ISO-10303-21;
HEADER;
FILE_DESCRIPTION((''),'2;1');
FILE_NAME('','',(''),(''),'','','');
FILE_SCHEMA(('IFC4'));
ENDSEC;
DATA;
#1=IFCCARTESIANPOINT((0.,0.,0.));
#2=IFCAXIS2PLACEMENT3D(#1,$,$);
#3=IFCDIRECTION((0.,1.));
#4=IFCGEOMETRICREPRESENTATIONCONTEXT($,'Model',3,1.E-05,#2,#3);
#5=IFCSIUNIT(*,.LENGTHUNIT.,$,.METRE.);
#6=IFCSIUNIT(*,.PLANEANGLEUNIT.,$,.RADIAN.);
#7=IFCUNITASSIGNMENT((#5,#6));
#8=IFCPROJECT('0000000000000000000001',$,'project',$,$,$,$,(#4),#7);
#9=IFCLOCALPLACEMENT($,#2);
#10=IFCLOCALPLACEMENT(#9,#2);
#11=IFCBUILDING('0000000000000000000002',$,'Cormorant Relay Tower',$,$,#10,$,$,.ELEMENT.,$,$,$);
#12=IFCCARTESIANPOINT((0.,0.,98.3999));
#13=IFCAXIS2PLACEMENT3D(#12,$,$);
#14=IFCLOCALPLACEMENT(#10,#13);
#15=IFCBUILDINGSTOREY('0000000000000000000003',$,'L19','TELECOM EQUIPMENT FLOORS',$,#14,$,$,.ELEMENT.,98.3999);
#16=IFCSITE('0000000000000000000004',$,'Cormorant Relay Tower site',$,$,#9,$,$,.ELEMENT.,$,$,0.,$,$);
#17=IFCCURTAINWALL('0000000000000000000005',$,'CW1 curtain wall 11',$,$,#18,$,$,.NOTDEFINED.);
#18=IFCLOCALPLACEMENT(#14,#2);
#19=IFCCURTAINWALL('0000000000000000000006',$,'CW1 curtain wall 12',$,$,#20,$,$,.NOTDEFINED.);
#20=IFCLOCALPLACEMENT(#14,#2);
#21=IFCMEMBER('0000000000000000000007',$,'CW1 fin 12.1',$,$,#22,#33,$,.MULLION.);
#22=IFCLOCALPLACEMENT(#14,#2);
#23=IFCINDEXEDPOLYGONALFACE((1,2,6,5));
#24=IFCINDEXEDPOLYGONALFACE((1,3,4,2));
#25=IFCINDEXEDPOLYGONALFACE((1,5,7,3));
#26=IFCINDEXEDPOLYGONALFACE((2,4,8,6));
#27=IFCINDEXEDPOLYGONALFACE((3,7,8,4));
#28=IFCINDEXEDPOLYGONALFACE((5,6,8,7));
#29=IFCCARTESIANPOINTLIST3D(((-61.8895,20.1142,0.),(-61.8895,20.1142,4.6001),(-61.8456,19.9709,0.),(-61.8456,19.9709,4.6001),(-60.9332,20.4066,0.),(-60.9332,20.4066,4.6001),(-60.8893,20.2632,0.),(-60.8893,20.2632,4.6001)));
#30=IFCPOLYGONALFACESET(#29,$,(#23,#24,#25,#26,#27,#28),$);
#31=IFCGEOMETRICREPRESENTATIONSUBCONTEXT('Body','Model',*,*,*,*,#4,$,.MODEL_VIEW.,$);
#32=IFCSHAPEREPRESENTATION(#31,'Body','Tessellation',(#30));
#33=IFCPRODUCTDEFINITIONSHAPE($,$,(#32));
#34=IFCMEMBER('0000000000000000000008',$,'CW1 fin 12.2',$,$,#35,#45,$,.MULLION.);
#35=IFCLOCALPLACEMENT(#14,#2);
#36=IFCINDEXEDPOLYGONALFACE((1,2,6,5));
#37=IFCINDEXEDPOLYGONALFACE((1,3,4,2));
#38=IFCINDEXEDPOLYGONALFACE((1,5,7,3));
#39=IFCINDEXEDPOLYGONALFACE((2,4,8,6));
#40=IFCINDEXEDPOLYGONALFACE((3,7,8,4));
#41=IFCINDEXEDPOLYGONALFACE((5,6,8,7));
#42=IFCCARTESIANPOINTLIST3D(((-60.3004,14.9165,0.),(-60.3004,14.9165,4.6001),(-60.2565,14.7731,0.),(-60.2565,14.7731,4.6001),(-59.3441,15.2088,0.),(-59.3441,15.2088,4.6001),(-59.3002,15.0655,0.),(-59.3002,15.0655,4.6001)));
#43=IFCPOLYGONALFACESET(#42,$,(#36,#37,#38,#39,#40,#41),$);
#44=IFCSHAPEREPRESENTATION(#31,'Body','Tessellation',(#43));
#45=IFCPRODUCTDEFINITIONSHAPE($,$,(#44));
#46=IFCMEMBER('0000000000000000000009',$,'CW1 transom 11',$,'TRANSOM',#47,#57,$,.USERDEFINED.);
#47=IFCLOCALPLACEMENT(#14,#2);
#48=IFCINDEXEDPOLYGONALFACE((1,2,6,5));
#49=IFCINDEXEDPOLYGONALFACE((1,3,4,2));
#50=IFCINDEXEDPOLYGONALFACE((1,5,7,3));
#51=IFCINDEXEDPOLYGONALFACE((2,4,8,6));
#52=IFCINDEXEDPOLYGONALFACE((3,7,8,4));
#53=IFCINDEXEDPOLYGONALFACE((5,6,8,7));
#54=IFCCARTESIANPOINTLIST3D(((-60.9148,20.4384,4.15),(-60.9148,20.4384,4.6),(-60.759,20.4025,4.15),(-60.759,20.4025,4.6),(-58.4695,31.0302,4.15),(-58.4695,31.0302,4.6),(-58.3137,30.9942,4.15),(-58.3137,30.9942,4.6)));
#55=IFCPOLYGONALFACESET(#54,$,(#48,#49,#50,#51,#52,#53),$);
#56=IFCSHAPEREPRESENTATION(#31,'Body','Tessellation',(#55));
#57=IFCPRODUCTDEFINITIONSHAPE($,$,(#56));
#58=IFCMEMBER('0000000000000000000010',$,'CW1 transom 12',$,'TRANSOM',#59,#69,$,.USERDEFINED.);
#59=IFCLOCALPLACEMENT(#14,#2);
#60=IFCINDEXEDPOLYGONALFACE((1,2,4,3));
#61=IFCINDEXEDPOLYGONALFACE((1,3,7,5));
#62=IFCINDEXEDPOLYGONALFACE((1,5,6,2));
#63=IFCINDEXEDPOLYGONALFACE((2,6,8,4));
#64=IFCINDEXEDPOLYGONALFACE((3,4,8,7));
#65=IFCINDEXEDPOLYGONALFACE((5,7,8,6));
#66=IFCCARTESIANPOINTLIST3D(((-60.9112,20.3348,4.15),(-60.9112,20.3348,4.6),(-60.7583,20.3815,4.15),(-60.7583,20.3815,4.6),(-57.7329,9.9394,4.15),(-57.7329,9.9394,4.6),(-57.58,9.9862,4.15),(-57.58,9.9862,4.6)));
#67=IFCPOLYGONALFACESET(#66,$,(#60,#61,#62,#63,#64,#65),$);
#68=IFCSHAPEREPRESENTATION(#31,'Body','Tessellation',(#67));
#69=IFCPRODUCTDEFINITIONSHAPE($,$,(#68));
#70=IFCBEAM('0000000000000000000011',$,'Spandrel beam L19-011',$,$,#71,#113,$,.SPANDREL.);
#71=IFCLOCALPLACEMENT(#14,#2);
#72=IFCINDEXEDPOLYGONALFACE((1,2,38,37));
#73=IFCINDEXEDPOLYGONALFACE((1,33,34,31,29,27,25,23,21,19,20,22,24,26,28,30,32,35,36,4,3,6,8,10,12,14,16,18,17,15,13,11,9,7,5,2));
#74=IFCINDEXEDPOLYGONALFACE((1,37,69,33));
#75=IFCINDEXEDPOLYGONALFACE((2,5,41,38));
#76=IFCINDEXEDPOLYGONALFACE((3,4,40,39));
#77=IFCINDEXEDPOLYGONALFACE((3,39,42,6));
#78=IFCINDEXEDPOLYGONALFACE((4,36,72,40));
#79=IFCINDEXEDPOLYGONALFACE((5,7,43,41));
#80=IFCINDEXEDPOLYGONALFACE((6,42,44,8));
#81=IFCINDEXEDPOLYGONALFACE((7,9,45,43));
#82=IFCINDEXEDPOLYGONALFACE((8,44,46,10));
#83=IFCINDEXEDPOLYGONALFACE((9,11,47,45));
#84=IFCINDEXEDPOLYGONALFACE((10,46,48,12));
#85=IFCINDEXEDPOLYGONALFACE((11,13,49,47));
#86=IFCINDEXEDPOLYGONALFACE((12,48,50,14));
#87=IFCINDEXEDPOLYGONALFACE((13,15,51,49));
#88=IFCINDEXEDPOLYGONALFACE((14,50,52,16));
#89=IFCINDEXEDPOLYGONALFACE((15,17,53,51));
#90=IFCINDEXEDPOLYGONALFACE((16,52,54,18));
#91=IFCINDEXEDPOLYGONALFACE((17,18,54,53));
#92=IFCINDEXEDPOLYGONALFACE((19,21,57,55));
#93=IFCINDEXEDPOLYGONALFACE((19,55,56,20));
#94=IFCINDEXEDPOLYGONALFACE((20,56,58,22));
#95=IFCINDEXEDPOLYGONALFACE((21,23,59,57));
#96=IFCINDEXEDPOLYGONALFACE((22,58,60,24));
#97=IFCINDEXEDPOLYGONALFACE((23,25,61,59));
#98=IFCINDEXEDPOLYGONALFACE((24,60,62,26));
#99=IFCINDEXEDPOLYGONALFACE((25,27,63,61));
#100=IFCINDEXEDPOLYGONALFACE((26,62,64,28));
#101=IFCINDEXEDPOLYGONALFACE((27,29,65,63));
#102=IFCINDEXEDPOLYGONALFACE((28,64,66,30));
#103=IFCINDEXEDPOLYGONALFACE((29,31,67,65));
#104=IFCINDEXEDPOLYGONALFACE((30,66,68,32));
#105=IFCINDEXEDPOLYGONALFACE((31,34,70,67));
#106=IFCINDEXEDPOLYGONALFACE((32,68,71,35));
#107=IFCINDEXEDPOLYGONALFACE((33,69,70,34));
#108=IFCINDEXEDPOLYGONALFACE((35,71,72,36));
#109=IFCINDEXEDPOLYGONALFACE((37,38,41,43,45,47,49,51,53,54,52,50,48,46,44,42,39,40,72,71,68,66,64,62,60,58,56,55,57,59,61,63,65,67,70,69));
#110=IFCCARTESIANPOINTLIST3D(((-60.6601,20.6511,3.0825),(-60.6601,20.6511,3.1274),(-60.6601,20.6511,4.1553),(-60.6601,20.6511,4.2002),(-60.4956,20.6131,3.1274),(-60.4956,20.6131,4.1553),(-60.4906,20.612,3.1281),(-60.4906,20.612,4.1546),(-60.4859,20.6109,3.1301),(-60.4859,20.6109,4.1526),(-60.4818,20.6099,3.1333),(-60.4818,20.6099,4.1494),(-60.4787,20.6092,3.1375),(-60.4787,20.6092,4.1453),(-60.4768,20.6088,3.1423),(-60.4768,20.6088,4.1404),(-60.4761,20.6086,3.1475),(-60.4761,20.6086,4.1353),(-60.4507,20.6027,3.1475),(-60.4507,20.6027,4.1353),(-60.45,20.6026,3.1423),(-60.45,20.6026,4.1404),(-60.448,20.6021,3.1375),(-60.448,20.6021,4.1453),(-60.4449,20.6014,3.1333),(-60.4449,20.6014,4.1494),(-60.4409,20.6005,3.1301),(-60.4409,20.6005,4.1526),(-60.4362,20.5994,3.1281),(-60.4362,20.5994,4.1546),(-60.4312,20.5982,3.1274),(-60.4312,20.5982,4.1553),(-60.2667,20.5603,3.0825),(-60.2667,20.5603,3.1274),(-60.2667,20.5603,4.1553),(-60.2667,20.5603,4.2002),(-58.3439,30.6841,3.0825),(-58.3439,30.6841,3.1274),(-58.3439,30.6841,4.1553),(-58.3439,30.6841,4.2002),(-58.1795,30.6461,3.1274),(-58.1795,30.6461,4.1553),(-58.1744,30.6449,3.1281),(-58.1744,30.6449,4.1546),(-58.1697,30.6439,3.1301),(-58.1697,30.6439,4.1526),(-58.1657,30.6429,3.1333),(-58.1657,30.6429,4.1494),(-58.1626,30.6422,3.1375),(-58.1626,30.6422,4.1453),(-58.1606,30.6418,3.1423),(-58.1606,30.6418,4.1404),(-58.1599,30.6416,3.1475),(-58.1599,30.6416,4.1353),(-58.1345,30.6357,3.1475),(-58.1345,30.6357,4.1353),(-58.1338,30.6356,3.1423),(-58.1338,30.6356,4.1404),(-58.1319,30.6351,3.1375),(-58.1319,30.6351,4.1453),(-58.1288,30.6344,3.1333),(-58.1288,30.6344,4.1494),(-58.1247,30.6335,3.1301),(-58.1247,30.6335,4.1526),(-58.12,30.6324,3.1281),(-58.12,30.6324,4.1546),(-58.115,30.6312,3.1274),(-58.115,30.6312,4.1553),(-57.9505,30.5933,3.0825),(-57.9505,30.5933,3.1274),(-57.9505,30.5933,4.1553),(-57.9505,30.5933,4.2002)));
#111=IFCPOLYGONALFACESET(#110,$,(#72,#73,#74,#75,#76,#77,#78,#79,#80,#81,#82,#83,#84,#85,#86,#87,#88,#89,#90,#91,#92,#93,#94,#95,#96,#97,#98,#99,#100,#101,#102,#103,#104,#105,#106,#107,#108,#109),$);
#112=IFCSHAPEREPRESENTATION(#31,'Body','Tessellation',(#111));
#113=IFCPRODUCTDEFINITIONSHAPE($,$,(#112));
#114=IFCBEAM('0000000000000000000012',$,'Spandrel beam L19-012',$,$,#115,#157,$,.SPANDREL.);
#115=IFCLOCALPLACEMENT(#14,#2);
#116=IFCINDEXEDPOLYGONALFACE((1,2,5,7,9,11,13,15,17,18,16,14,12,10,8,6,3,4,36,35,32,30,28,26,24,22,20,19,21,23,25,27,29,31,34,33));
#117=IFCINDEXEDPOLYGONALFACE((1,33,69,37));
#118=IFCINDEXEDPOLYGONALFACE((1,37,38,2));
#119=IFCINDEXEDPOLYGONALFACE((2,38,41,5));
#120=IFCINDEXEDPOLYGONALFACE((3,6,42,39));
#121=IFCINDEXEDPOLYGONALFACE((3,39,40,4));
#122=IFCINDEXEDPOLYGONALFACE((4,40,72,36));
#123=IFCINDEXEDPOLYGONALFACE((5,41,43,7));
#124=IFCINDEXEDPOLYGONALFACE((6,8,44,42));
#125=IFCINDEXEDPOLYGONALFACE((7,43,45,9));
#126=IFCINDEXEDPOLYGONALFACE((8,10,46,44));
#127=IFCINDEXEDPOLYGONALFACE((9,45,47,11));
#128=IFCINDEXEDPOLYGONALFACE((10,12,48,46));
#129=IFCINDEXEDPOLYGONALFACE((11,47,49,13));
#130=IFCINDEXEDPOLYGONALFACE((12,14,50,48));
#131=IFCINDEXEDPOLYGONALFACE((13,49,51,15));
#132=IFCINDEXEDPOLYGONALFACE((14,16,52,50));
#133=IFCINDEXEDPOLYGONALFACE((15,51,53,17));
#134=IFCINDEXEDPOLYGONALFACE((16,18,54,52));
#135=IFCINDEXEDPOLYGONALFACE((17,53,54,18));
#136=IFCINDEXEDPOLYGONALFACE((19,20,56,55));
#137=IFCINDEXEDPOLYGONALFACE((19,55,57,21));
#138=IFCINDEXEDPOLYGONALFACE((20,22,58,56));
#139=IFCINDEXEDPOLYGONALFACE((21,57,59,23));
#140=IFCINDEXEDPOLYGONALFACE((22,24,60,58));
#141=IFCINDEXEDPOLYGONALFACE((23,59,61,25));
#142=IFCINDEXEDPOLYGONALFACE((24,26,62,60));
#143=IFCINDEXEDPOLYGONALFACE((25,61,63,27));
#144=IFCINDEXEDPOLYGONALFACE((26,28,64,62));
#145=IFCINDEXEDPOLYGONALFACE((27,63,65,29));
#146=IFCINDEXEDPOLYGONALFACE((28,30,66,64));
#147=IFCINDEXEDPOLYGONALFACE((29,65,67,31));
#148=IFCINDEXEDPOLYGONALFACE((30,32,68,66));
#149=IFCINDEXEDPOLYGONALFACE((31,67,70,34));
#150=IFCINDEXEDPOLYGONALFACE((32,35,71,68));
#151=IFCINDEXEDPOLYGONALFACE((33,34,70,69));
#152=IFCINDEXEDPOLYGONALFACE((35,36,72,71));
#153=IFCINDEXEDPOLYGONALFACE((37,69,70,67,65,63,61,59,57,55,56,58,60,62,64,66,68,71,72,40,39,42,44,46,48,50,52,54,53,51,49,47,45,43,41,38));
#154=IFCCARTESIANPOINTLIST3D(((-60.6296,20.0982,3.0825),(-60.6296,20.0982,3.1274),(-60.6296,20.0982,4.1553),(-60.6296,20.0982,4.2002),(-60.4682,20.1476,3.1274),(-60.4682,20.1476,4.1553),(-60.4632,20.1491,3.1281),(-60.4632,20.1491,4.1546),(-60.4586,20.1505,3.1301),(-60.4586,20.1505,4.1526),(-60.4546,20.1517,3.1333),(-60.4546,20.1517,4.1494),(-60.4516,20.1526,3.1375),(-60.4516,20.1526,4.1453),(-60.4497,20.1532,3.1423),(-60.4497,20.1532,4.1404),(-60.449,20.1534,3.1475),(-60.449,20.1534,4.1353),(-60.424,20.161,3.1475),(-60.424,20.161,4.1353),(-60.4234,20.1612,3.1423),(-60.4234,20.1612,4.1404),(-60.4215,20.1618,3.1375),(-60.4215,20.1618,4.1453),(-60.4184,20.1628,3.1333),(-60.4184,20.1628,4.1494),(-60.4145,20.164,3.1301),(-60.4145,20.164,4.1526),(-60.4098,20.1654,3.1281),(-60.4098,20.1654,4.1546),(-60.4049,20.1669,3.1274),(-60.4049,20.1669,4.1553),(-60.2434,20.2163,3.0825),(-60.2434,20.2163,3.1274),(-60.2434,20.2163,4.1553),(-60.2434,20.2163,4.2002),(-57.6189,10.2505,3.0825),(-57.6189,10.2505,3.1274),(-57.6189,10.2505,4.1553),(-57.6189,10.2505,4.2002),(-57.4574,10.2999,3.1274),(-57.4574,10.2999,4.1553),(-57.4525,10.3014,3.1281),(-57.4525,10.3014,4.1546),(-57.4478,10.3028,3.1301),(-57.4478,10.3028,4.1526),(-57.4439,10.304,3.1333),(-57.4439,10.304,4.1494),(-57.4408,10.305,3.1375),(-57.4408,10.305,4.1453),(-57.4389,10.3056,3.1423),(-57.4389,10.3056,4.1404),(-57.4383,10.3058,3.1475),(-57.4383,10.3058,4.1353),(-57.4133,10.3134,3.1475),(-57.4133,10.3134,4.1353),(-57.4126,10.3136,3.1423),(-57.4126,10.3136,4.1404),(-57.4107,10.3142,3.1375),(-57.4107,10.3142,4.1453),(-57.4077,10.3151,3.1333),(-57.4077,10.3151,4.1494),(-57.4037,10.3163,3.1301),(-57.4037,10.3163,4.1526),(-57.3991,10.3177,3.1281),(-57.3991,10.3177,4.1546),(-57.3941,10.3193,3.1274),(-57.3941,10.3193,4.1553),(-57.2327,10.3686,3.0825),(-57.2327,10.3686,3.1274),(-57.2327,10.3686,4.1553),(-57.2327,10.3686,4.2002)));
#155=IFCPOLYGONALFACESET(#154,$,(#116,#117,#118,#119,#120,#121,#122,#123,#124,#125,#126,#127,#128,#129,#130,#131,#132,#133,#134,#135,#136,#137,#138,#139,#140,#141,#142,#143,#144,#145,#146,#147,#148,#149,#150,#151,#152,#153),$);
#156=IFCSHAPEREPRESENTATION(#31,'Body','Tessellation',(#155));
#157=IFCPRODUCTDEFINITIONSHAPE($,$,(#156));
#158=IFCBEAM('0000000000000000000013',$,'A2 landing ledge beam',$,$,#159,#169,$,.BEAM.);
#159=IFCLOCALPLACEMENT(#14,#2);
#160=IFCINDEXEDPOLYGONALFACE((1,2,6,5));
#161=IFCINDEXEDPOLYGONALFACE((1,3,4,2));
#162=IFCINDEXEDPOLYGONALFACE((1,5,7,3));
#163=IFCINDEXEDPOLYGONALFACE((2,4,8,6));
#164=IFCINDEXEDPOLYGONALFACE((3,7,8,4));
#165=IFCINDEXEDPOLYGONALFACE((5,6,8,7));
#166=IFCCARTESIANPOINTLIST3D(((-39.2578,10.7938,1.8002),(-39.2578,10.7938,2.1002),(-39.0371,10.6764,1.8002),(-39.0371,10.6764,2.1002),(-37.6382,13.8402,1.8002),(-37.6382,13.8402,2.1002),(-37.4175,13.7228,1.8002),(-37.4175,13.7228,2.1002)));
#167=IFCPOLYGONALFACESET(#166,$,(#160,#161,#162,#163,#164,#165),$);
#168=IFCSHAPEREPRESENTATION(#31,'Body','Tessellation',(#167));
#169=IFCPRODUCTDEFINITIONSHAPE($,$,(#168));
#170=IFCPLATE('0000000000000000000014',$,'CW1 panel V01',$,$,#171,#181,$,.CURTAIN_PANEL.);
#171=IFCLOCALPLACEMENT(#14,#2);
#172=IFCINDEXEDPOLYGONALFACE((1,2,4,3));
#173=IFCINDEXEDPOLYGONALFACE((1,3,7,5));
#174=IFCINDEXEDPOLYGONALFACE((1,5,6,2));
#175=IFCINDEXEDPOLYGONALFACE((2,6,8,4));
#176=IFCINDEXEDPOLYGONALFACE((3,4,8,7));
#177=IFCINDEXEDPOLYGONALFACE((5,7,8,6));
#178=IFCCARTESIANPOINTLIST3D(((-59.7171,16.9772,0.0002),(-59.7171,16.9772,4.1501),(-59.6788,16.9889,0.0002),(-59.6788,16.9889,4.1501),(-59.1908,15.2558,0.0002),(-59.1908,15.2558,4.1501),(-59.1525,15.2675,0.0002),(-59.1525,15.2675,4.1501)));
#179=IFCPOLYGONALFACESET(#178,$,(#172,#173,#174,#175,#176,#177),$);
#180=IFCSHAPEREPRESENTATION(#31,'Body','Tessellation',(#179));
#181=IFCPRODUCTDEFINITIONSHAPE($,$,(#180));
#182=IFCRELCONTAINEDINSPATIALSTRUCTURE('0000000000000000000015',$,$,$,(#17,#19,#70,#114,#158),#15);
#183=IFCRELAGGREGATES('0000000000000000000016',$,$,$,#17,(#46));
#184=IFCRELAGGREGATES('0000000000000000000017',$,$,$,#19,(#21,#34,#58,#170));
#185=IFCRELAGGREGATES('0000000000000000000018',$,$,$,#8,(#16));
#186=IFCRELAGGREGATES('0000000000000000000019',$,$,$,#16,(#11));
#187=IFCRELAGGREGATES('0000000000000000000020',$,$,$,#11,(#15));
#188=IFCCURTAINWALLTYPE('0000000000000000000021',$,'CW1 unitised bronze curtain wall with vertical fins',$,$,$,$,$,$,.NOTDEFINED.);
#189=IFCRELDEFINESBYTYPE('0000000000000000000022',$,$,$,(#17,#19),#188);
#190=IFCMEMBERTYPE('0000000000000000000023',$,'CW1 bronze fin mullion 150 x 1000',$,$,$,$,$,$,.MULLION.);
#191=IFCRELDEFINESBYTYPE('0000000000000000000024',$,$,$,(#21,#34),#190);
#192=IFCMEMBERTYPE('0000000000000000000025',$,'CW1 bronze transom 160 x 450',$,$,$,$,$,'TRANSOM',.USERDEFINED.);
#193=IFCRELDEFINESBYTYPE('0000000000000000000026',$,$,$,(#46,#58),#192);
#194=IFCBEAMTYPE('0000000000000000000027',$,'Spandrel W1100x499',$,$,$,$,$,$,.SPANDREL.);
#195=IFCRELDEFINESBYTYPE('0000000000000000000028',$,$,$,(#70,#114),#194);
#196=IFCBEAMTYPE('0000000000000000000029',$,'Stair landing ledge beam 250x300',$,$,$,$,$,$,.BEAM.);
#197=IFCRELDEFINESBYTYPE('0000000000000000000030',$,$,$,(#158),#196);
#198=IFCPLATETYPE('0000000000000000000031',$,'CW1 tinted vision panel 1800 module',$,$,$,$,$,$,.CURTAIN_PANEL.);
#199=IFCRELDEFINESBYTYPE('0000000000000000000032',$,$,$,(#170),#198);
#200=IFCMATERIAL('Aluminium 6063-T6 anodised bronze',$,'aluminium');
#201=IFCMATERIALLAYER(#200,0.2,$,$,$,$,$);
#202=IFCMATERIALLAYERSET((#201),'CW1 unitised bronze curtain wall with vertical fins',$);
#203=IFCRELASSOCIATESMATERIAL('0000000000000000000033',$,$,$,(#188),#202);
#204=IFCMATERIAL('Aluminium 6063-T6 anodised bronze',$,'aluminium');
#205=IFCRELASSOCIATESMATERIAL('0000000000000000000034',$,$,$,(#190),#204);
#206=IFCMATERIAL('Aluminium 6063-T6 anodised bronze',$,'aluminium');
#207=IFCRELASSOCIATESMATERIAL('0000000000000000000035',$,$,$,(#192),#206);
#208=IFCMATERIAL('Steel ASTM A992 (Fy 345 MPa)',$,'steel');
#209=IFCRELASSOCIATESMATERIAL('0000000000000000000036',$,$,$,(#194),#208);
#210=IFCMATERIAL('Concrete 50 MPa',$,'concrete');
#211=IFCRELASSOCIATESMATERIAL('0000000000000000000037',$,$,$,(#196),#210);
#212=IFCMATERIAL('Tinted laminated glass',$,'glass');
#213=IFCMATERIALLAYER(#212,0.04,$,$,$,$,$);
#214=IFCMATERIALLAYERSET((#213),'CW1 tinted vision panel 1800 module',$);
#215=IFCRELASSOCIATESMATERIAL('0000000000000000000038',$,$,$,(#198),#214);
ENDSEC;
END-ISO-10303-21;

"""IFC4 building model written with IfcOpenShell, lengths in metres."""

from ifc_helpers import new_model, si_unit, direction, frame, origin, origin_2d, place, context, subcontext, project, spatial, rectangle, i_section, extrude, material, layer, layer_set, material_profile, profile_set, type_object, element, aggregate, save


model = new_model("IFC4")

# Units and contexts
model_context = context("Model", 3, precision=1e-05, world=origin(), true_north=direction((0.0, 1.0)))
body_context = subcontext(model_context, "Body", "Model", "MODEL_VIEW")
ifc_project = project(units=[si_unit("LENGTHUNIT", "METRE"), si_unit("PLANEANGLEUNIT", "RADIAN")], contexts=[model_context])

# Site, building, storey
site_placement = place(None, origin())
site = spatial("IfcSite", under=ifc_project, at=site_placement, Name="Cormorant Relay Tower site", CompositionType="ELEMENT", RefElevation=0.0)
building_placement = place(site_placement, origin())
building = spatial("IfcBuilding", under=site, at=building_placement, Name="Cormorant Relay Tower", CompositionType="ELEMENT")
storey_placement = place(building_placement, frame((0.0, 0.0, 98.3999)))
storey = spatial("IfcBuildingStorey", under=building, at=storey_placement, Name="L19", Description="TELECOM EQUIPMENT FLOORS", CompositionType="ELEMENT", Elevation=98.3999)

# Curtain wall
ifc_material_1 = material(Name="Aluminium 6063-T6 anodised bronze", Category="aluminium")
ifc_layer_1 = layer(ifc_material_1, 0.2)
ifc_layer_set_1 = layer_set([ifc_layer_1], Name="CW1 unitised bronze curtain wall with vertical fins")
curtain_wall_type = type_object("IfcCurtainWallType", Name="CW1 unitised bronze curtain wall with vertical fins", PredefinedType="NOTDEFINED", material=ifc_layer_set_1)
curtain_wall_1_placement = place(storey_placement, origin())
curtain_wall_1 = element("IfcCurtainWall", 1, at=curtain_wall_1_placement, inside=storey, type_object=curtain_wall_type, Name="CW1 curtain wall 11", PredefinedType="NOTDEFINED")
ifc_material_2 = material(Name="Aluminium 6063-T6 anodised bronze", Category="aluminium")
ifc_material_profile_1 = material_profile(ifc_material_2, rectangle(XDim=0.1499, YDim=1.0, at=origin_2d()), Name="AL 150x1000")
ifc_profile_set_1 = profile_set([ifc_material_profile_1], Name="Aluminium 6063-T6 anodised bronze")
member_type_1 = type_object("IfcMemberType", Name="CW1 bronze fin mullion 150 x 1000", PredefinedType="MULLION", material=ifc_profile_set_1)

# Curtain wall, members
curtain_wall_2_placement = place(storey_placement, origin())
curtain_wall_2 = element("IfcCurtainWall", 2, at=curtain_wall_2_placement, inside=storey, type_object=curtain_wall_type, Name="CW1 curtain wall 12", PredefinedType="NOTDEFINED")
member_1_placement = place(storey_placement, frame((-61.3894, 20.1887, 0.0), z_axis=(0.0, 0.0, 1.0), x_axis=(0.292372, -0.956305, 0.0)))
member_1 = element("IfcMember", 3, at=member_1_placement, type_object=member_type_1, Name="CW1 fin 12.1", PredefinedType="MULLION", context=body_context, shape_type="SweptSolid", body=[
    extrude(rectangle(XDim=0.1499, YDim=1.0, at=origin_2d()), origin(), (0.0, 0.0, 1.0), 4.6001),
])
member_2_placement = place(storey_placement, frame((-59.8003, 14.991, 0.0), z_axis=(0.0, 0.0, 1.0), x_axis=(0.292372, -0.956305, 0.0)))
member_2 = element("IfcMember", 4, at=member_2_placement, type_object=member_type_1, Name="CW1 fin 12.2", PredefinedType="MULLION", context=body_context, shape_type="SweptSolid", body=[
    extrude(rectangle(XDim=0.1499, YDim=1.0, at=origin_2d()), origin(), (0.0, 0.0, 1.0), 4.6001),
])

# Members
ifc_material_3 = material(Name="Aluminium 6063-T6 anodised bronze", Category="aluminium")
ifc_material_profile_2 = material_profile(ifc_material_3, rectangle(XDim=0.1599, YDim=0.45, at=origin_2d()), Name="AL 160x450")
ifc_profile_set_2 = profile_set([ifc_material_profile_2], Name="Aluminium 6063-T6 anodised bronze")
member_type_2 = type_object("IfcMemberType", Name="CW1 bronze transom 160 x 450", ElementType="TRANSOM", PredefinedType="USERDEFINED", material=ifc_profile_set_2)
member_3_placement = place(storey_placement, frame((-58.3916, 31.0122, 4.375), z_axis=(-0.224951, -0.97437, 0.0), x_axis=(0.97437, -0.224951, 0.0)))
member_3 = element("IfcMember", 5, at=member_3_placement, type_object=member_type_2, Name="CW1 transom 11", ObjectType="TRANSOM", PredefinedType="USERDEFINED", context=body_context, shape_type="SweptSolid", body=[
    extrude(rectangle(XDim=0.1599, YDim=0.45, at=origin_2d()), origin(), (0.0, 0.0, 1.0), 10.8704),
])
member_4_placement = place(storey_placement, frame((-60.8347, 20.3582, 4.375), z_axis=(0.292378, -0.956303, 0.0), x_axis=(0.956303, 0.292378, 0.0)))
member_4 = element("IfcMember", 6, at=member_4_placement, type_object=member_type_2, Name="CW1 transom 12", ObjectType="TRANSOM", PredefinedType="USERDEFINED", context=body_context, shape_type="SweptSolid", body=[
    extrude(rectangle(XDim=0.1599, YDim=0.45, at=origin_2d()), origin(), (0.0, 0.0, 1.0), 10.8704),
])

# Beams
ifc_material_4 = material(Name="Steel ASTM A992 (Fy 345 MPa)", Category="steel")
ifc_material_profile_3 = material_profile(ifc_material_4, i_section(OverallWidth=0.4038, OverallDepth=1.1177, WebThickness=0.0261, FlangeThickness=0.0449, FilletRadius=0.02, at=origin_2d()), Name="W1100x499")
ifc_profile_set_3 = profile_set([ifc_material_profile_3], Name="Steel ASTM A992 (Fy 345 MPa)")
beam_type_1 = type_object("IfcBeamType", Name="Spandrel W1100x499", PredefinedType="SPANDREL", material=ifc_profile_set_3)
beam_1_placement = place(storey_placement, frame((-58.1472, 30.6387, 3.6414), z_axis=(-0.224939, -0.974373, 0.0), x_axis=(0.974373, -0.224939, 0.0)))
element("IfcBeam", 7, at=beam_1_placement, inside=storey, type_object=beam_type_1, Name="Spandrel beam L19-011", PredefinedType="SPANDREL", context=body_context, shape_type="SweptSolid", body=[
    extrude(i_section(OverallWidth=0.4038, OverallDepth=1.1177, WebThickness=0.0261, FlangeThickness=0.0449, FilletRadius=0.02, at=origin_2d()), origin(), (0.0, 0.0, 1.0), 10.2969),
])
beam_2_placement = place(storey_placement, frame((-60.4365, 20.1572, 3.6414), z_axis=(0.292373, -0.956304, 0.0), x_axis=(0.956304, 0.292373, 0.0)))
element("IfcBeam", 8, at=beam_2_placement, inside=storey, type_object=beam_type_1, Name="Spandrel beam L19-012", PredefinedType="SPANDREL", context=body_context, shape_type="SweptSolid", body=[
    extrude(i_section(OverallWidth=0.4038, OverallDepth=1.1177, WebThickness=0.0261, FlangeThickness=0.0449, FilletRadius=0.02, at=origin_2d()), origin(), (0.0, 0.0, 1.0), 10.2976),
])
ifc_material_5 = material(Name="Concrete 50 MPa", Category="concrete")
ifc_material_profile_4 = material_profile(ifc_material_5, rectangle(XDim=0.25, YDim=0.3, at=origin_2d()), Name="RC 250x300")
ifc_profile_set_4 = profile_set([ifc_material_profile_4], Name="Concrete 50 MPa")
beam_type_2 = type_object("IfcBeamType", Name="Stair landing ledge beam 250x300", PredefinedType="BEAM", material=ifc_profile_set_4)
beam_3_placement = place(storey_placement, frame((-37.5278, 13.7815, 1.9502), z_axis=(-0.469435, -0.882967, 0.0), x_axis=(0.882967, -0.469435, 0.0)))
element("IfcBeam", 9, at=beam_3_placement, inside=storey, type_object=beam_type_2, Name="A2 landing ledge beam", PredefinedType="BEAM", context=body_context, shape_type="SweptSolid", body=[
    extrude(rectangle(XDim=0.25, YDim=0.3, at=origin_2d()), origin(), (0.0, 0.0, 1.0), 3.4502),
])

# Plate
ifc_material_6 = material(Name="Tinted laminated glass", Category="glass")
ifc_layer_2 = layer(ifc_material_6, 0.04)
ifc_layer_set_2 = layer_set([ifc_layer_2], Name="CW1 tinted vision panel 1800 module")
plate_type = type_object("IfcPlateType", Name="CW1 tinted vision panel 1800 module", PredefinedType="CURTAIN_PANEL", material=ifc_layer_set_2)
plate_placement = place(storey_placement, frame((-59.4348, 16.1223, 0.0002), z_axis=(0.0, 0.0, 1.0), x_axis=(0.292372, -0.956305, 0.0)))
plate = element("IfcPlate", 10, at=plate_placement, type_object=plate_type, Name="CW1 panel V01", PredefinedType="CURTAIN_PANEL", context=body_context, shape_type="SweptSolid", body=[
    extrude(rectangle(XDim=1.8, YDim=0.04, at=origin_2d()), origin(), (0.0, 0.0, 1.0), 4.1499),
])

aggregate(curtain_wall_1, [member_3])
aggregate(curtain_wall_2, [member_1, member_2, member_4, plate])

save(model, "model.ifc")
